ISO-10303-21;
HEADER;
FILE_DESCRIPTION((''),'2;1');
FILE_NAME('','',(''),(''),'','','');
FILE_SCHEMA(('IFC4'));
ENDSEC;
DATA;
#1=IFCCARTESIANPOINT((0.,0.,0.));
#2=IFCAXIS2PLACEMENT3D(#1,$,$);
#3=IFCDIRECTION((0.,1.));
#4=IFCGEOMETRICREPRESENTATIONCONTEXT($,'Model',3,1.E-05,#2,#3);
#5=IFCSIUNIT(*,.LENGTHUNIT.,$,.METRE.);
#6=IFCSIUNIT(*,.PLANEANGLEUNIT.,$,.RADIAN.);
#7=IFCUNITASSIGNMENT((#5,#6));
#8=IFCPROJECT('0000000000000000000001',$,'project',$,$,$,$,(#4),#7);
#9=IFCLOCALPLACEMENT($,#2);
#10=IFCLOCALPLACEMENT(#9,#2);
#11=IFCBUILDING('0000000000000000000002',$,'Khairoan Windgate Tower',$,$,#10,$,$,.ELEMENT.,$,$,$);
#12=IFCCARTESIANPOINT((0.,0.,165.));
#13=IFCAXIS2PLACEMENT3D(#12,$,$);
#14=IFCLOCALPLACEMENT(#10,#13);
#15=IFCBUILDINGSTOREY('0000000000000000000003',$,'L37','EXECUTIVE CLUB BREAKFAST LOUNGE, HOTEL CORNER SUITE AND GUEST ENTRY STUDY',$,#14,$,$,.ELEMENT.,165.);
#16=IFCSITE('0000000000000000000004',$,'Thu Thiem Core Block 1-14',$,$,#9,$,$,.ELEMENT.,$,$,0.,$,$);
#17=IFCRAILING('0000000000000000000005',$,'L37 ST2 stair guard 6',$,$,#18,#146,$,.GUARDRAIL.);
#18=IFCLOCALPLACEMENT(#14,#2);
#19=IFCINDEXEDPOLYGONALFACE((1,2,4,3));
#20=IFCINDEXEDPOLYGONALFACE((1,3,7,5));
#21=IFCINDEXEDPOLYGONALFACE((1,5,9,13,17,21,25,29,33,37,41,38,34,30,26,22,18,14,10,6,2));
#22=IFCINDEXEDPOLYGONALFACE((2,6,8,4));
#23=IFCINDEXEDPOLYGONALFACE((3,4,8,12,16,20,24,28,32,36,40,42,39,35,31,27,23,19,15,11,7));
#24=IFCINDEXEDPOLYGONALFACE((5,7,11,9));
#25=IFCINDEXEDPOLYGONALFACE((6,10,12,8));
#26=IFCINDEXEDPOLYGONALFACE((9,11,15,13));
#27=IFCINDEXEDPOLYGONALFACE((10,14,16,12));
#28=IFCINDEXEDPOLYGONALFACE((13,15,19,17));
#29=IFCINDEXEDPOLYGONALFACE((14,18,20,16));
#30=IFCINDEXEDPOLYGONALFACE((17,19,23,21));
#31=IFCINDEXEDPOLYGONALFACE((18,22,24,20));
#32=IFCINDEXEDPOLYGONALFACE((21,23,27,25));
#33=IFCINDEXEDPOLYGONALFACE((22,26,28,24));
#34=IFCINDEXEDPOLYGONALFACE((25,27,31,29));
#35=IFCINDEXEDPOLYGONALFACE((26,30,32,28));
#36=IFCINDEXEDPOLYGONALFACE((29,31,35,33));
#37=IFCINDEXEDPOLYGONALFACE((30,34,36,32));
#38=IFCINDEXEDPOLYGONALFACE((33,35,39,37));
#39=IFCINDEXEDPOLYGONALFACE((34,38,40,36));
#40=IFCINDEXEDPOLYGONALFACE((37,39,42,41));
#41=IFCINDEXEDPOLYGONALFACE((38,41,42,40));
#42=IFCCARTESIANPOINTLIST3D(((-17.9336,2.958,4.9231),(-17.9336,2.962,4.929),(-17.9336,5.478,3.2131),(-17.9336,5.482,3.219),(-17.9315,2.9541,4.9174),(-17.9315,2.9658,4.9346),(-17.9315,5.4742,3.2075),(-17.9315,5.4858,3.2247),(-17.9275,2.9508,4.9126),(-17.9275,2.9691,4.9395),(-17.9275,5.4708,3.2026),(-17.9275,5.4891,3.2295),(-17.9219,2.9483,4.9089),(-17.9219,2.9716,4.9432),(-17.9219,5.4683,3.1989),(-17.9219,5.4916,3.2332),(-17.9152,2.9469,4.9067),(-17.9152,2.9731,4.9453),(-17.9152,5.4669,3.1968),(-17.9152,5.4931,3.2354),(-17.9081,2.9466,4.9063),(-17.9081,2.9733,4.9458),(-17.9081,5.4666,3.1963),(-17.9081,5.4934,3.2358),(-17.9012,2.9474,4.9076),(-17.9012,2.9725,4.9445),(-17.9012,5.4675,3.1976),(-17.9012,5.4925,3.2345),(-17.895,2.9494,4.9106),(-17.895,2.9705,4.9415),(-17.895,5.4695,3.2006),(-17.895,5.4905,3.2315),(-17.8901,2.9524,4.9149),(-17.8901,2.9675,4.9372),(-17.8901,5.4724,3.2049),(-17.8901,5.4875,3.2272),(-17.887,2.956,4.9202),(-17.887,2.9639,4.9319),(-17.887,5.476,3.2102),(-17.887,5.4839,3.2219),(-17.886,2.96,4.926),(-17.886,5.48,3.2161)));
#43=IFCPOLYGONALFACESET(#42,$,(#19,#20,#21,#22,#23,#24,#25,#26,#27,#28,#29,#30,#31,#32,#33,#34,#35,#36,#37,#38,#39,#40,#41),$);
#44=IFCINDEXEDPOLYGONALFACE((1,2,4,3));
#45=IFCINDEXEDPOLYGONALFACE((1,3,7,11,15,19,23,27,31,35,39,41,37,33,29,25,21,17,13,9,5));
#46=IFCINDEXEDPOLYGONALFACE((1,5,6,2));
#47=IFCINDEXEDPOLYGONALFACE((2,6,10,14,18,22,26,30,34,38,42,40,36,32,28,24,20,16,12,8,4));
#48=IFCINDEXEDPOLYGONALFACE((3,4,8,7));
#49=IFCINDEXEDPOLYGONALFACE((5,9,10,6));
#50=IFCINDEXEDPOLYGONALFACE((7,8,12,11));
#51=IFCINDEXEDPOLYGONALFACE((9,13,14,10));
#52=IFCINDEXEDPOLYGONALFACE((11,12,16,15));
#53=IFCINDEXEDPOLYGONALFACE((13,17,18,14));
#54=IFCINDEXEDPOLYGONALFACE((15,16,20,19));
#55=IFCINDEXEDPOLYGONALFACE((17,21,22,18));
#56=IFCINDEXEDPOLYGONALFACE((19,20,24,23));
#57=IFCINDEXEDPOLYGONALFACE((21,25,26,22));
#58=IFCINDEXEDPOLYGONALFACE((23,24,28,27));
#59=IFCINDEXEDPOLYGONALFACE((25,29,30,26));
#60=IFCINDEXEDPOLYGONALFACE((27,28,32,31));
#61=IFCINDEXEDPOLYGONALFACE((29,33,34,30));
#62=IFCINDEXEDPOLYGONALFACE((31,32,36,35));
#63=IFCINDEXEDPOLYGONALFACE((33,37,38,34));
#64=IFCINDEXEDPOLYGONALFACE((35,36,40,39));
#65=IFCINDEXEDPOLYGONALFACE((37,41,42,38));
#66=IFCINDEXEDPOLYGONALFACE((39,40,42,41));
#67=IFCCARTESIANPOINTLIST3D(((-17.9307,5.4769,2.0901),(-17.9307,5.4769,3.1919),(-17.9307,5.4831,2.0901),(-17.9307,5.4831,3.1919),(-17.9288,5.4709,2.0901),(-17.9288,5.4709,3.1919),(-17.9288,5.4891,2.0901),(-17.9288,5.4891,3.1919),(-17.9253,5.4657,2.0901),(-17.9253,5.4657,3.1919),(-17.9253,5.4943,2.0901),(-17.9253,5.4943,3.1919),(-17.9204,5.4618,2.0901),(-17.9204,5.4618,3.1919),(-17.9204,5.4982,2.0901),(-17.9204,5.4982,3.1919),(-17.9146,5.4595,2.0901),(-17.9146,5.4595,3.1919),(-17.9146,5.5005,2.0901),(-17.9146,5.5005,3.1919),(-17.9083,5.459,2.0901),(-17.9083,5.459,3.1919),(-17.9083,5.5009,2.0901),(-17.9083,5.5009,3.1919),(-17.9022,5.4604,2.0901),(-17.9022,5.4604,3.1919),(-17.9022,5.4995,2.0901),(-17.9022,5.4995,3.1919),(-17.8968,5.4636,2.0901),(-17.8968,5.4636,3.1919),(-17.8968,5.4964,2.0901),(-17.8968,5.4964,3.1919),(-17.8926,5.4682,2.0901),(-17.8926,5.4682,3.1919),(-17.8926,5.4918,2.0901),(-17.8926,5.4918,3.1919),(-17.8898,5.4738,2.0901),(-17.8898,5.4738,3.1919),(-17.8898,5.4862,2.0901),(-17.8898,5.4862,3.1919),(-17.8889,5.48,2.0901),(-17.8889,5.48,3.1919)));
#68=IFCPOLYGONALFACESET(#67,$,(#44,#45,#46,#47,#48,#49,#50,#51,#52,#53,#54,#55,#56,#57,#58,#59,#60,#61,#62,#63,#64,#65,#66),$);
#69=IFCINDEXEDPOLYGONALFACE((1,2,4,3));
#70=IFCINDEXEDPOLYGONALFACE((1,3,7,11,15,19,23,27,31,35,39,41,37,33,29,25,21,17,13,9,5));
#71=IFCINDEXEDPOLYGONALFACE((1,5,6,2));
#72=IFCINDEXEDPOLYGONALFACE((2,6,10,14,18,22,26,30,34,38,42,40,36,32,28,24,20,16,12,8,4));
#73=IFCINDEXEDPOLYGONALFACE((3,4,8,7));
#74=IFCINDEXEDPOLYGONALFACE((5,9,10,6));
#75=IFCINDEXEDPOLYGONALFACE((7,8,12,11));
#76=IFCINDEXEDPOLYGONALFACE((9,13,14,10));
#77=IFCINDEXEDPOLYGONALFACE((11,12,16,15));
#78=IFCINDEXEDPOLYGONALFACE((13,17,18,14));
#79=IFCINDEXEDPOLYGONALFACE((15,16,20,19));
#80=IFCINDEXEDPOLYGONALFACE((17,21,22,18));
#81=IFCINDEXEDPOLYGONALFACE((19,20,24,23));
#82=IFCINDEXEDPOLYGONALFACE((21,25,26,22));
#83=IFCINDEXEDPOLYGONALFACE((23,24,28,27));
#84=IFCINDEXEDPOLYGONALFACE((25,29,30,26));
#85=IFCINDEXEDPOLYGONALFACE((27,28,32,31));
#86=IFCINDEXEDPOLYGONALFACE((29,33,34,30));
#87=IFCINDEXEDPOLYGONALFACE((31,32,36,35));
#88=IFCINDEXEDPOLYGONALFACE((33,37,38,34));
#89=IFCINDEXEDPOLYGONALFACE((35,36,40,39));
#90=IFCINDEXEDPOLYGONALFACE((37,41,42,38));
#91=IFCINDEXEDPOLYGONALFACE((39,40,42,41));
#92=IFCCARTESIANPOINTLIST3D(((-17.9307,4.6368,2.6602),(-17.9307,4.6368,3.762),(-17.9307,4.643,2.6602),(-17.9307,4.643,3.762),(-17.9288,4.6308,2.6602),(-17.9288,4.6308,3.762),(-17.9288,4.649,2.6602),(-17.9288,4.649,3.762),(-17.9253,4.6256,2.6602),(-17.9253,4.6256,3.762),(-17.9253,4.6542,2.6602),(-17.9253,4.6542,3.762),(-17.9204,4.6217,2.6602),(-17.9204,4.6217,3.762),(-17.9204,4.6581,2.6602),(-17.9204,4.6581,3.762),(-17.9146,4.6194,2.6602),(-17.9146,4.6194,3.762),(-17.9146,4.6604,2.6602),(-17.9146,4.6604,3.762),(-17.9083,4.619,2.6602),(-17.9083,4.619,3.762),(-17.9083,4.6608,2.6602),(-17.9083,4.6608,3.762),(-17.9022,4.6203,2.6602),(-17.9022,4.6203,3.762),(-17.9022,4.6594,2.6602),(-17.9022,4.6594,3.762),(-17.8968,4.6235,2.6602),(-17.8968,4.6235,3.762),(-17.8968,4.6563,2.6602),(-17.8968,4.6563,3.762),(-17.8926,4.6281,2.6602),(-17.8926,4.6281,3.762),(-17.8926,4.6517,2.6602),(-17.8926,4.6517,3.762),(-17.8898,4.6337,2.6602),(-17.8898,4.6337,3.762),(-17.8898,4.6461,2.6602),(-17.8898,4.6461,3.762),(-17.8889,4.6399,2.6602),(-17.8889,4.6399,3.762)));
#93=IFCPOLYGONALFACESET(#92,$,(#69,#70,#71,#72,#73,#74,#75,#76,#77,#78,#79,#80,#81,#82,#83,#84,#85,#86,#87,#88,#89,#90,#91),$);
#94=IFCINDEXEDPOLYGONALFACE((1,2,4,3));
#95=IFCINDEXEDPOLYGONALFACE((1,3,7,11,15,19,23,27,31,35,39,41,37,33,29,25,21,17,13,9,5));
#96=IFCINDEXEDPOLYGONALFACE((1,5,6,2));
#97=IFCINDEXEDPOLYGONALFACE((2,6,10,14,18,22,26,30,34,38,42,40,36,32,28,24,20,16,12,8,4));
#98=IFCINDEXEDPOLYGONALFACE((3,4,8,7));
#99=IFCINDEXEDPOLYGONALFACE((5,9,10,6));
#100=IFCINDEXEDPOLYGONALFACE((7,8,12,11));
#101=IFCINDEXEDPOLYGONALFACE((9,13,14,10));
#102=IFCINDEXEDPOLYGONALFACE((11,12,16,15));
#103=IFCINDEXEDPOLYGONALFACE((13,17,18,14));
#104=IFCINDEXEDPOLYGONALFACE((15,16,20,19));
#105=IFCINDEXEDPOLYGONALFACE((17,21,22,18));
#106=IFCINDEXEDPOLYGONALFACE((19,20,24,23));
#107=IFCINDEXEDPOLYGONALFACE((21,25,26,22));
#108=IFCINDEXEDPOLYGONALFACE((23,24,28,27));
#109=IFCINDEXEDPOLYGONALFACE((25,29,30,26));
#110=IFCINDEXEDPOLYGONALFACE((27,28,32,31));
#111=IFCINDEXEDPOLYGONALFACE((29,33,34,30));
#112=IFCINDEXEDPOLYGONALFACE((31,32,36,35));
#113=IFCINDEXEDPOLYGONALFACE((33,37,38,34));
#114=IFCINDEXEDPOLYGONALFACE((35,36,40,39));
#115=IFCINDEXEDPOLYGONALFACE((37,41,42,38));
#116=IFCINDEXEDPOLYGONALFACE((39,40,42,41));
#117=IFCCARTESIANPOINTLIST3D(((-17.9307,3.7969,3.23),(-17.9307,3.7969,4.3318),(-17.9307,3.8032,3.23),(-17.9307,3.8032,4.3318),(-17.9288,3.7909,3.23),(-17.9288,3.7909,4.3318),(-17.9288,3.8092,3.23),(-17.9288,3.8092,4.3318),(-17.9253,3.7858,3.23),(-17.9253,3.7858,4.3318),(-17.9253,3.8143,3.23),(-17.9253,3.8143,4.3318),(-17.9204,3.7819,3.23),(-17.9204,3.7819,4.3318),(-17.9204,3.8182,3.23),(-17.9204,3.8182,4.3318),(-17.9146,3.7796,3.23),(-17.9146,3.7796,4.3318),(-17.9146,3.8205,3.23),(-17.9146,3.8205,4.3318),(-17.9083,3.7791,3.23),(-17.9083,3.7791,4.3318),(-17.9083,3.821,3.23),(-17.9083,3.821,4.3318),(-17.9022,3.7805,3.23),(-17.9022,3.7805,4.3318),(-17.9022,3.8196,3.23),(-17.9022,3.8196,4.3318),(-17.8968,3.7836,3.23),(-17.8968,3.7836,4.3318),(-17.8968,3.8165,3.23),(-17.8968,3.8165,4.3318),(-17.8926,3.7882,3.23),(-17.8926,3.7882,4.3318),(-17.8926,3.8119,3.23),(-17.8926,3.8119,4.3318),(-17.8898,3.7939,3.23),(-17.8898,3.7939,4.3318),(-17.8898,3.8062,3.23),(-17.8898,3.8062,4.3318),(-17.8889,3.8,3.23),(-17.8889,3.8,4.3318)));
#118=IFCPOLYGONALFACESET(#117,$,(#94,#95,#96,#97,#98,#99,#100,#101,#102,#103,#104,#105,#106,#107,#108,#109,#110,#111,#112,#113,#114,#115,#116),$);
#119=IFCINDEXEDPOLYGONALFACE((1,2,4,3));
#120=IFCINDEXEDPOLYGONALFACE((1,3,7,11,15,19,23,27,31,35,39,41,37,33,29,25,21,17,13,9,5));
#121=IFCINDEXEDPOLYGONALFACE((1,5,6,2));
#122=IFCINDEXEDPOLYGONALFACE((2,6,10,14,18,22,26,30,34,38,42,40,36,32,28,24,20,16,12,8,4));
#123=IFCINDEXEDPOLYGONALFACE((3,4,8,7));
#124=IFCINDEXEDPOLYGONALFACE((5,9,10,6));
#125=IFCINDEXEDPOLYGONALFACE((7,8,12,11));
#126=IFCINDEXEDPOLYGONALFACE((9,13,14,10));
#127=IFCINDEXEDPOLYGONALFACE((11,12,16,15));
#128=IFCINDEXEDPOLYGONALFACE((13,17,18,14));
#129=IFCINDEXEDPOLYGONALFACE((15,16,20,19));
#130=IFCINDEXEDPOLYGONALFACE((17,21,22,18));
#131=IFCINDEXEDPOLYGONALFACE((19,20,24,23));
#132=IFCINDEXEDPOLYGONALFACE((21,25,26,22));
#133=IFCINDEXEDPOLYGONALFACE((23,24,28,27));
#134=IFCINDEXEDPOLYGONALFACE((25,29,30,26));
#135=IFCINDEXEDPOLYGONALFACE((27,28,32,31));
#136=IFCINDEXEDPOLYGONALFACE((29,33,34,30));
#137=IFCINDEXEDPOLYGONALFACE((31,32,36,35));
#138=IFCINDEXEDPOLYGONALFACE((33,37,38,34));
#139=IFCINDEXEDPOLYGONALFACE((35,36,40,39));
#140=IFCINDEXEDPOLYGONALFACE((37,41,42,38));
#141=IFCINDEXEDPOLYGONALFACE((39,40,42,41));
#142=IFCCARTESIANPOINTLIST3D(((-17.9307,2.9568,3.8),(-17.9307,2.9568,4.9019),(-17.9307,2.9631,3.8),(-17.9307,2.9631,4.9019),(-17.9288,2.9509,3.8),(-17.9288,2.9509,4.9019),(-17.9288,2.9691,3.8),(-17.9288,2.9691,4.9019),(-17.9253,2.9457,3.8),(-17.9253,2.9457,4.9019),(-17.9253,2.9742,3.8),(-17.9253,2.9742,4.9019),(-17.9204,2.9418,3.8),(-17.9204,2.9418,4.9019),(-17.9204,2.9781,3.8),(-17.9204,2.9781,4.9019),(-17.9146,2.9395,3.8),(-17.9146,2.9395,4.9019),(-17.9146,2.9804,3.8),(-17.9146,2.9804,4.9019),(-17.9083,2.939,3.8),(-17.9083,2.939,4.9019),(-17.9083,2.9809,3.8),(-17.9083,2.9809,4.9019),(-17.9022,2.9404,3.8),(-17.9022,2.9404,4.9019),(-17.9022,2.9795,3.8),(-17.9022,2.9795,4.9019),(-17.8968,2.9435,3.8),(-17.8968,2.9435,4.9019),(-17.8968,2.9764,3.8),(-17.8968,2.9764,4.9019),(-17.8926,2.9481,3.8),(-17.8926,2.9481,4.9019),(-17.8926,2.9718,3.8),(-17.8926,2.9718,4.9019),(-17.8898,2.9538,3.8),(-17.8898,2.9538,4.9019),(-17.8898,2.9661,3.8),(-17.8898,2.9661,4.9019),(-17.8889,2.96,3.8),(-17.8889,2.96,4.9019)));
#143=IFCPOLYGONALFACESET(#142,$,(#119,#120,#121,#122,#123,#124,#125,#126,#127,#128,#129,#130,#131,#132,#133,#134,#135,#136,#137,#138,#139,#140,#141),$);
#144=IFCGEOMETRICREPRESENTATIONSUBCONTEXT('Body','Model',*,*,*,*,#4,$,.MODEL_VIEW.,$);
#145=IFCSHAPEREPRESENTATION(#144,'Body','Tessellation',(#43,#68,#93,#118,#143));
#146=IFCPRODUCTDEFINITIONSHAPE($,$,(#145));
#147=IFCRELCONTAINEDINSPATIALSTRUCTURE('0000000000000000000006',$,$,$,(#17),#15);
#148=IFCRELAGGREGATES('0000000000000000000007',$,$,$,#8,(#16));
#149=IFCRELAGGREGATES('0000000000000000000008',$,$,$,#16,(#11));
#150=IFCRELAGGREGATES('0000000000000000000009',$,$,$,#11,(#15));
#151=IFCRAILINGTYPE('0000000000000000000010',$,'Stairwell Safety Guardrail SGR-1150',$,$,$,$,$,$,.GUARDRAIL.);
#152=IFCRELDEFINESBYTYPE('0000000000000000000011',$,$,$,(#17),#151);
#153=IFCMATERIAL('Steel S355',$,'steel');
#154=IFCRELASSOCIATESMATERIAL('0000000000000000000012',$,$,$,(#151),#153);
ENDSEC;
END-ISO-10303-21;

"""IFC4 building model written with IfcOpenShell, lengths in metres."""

from ifc_helpers import new_model, si_unit, direction, frame, origin, origin_2d, place, context, subcontext, project, spatial, circle, extrude, material, type_object, element, save


model = new_model("IFC4")

# Units and contexts
model_context = context("Model", 3, precision=1e-05, world=origin(), true_north=direction((0.0, 1.0)))
body_context = subcontext(model_context, "Body", "Model", "MODEL_VIEW")
ifc_project = project(units=[si_unit("LENGTHUNIT", "METRE"), si_unit("PLANEANGLEUNIT", "RADIAN")], contexts=[model_context])

# Site, building, storey
site_placement = place(None, origin())
site = spatial("IfcSite", under=ifc_project, at=site_placement, Name="Thu Thiem Core Block 1-14", CompositionType="ELEMENT", RefElevation=0.0)
building_placement = place(site_placement, origin())
building = spatial("IfcBuilding", under=site, at=building_placement, Name="Khairoan Windgate Tower", CompositionType="ELEMENT")
storey_placement = place(building_placement, frame((0.0, 0.0, 165.0)))
storey = spatial("IfcBuildingStorey", under=building, at=storey_placement, Name="L37", Description="EXECUTIVE CLUB BREAKFAST LOUNGE, HOTEL CORNER SUITE AND GUEST ENTRY STUDY", CompositionType="ELEMENT", Elevation=165.0)

# Railing
ifc_material_1 = material(Name="Steel S355", Category="steel")
railing_type_1 = type_object("IfcRailingType", Name="Stairwell Safety Guardrail SGR-1150", PredefinedType="GUARDRAIL", material=ifc_material_1)
railing_1_placement = place(storey_placement, frame((-17.9099, 5.48, 2.0901)))
element("IfcRailing", 1, at=railing_1_placement, inside=storey, type_object=railing_type_1, Name="L37 ST2 stair guard 6", PredefinedType="GUARDRAIL", context=body_context, shape_type="SweptSolid", body=[
    extrude(circle(Radius=0.0239, at=origin_2d()), frame((0.0, 0.0, 1.126), z_axis=(0.0, -0.827484, 0.56149), x_axis=(1.0, 0.0, 0.0)), (0.0, 0.0, 1.0), 3.0454),
    extrude(circle(Radius=0.021, at=origin_2d()), origin(), (0.0, 0.0, 1.0), 1.1018),
    extrude(circle(Radius=0.021, at=origin_2d()), frame((0.0, -0.8401, 0.5701)), (0.0, 0.0, 1.0), 1.1018),
    extrude(circle(Radius=0.021, at=origin_2d()), frame((0.0, -1.6799, 1.1399)), (0.0, 0.0, 1.0), 1.1018),
    extrude(circle(Radius=0.021, at=origin_2d()), frame((0.0, -2.52, 1.71)), (0.0, 0.0, 1.0), 1.1018),
])

save(model, "model.ifc")
